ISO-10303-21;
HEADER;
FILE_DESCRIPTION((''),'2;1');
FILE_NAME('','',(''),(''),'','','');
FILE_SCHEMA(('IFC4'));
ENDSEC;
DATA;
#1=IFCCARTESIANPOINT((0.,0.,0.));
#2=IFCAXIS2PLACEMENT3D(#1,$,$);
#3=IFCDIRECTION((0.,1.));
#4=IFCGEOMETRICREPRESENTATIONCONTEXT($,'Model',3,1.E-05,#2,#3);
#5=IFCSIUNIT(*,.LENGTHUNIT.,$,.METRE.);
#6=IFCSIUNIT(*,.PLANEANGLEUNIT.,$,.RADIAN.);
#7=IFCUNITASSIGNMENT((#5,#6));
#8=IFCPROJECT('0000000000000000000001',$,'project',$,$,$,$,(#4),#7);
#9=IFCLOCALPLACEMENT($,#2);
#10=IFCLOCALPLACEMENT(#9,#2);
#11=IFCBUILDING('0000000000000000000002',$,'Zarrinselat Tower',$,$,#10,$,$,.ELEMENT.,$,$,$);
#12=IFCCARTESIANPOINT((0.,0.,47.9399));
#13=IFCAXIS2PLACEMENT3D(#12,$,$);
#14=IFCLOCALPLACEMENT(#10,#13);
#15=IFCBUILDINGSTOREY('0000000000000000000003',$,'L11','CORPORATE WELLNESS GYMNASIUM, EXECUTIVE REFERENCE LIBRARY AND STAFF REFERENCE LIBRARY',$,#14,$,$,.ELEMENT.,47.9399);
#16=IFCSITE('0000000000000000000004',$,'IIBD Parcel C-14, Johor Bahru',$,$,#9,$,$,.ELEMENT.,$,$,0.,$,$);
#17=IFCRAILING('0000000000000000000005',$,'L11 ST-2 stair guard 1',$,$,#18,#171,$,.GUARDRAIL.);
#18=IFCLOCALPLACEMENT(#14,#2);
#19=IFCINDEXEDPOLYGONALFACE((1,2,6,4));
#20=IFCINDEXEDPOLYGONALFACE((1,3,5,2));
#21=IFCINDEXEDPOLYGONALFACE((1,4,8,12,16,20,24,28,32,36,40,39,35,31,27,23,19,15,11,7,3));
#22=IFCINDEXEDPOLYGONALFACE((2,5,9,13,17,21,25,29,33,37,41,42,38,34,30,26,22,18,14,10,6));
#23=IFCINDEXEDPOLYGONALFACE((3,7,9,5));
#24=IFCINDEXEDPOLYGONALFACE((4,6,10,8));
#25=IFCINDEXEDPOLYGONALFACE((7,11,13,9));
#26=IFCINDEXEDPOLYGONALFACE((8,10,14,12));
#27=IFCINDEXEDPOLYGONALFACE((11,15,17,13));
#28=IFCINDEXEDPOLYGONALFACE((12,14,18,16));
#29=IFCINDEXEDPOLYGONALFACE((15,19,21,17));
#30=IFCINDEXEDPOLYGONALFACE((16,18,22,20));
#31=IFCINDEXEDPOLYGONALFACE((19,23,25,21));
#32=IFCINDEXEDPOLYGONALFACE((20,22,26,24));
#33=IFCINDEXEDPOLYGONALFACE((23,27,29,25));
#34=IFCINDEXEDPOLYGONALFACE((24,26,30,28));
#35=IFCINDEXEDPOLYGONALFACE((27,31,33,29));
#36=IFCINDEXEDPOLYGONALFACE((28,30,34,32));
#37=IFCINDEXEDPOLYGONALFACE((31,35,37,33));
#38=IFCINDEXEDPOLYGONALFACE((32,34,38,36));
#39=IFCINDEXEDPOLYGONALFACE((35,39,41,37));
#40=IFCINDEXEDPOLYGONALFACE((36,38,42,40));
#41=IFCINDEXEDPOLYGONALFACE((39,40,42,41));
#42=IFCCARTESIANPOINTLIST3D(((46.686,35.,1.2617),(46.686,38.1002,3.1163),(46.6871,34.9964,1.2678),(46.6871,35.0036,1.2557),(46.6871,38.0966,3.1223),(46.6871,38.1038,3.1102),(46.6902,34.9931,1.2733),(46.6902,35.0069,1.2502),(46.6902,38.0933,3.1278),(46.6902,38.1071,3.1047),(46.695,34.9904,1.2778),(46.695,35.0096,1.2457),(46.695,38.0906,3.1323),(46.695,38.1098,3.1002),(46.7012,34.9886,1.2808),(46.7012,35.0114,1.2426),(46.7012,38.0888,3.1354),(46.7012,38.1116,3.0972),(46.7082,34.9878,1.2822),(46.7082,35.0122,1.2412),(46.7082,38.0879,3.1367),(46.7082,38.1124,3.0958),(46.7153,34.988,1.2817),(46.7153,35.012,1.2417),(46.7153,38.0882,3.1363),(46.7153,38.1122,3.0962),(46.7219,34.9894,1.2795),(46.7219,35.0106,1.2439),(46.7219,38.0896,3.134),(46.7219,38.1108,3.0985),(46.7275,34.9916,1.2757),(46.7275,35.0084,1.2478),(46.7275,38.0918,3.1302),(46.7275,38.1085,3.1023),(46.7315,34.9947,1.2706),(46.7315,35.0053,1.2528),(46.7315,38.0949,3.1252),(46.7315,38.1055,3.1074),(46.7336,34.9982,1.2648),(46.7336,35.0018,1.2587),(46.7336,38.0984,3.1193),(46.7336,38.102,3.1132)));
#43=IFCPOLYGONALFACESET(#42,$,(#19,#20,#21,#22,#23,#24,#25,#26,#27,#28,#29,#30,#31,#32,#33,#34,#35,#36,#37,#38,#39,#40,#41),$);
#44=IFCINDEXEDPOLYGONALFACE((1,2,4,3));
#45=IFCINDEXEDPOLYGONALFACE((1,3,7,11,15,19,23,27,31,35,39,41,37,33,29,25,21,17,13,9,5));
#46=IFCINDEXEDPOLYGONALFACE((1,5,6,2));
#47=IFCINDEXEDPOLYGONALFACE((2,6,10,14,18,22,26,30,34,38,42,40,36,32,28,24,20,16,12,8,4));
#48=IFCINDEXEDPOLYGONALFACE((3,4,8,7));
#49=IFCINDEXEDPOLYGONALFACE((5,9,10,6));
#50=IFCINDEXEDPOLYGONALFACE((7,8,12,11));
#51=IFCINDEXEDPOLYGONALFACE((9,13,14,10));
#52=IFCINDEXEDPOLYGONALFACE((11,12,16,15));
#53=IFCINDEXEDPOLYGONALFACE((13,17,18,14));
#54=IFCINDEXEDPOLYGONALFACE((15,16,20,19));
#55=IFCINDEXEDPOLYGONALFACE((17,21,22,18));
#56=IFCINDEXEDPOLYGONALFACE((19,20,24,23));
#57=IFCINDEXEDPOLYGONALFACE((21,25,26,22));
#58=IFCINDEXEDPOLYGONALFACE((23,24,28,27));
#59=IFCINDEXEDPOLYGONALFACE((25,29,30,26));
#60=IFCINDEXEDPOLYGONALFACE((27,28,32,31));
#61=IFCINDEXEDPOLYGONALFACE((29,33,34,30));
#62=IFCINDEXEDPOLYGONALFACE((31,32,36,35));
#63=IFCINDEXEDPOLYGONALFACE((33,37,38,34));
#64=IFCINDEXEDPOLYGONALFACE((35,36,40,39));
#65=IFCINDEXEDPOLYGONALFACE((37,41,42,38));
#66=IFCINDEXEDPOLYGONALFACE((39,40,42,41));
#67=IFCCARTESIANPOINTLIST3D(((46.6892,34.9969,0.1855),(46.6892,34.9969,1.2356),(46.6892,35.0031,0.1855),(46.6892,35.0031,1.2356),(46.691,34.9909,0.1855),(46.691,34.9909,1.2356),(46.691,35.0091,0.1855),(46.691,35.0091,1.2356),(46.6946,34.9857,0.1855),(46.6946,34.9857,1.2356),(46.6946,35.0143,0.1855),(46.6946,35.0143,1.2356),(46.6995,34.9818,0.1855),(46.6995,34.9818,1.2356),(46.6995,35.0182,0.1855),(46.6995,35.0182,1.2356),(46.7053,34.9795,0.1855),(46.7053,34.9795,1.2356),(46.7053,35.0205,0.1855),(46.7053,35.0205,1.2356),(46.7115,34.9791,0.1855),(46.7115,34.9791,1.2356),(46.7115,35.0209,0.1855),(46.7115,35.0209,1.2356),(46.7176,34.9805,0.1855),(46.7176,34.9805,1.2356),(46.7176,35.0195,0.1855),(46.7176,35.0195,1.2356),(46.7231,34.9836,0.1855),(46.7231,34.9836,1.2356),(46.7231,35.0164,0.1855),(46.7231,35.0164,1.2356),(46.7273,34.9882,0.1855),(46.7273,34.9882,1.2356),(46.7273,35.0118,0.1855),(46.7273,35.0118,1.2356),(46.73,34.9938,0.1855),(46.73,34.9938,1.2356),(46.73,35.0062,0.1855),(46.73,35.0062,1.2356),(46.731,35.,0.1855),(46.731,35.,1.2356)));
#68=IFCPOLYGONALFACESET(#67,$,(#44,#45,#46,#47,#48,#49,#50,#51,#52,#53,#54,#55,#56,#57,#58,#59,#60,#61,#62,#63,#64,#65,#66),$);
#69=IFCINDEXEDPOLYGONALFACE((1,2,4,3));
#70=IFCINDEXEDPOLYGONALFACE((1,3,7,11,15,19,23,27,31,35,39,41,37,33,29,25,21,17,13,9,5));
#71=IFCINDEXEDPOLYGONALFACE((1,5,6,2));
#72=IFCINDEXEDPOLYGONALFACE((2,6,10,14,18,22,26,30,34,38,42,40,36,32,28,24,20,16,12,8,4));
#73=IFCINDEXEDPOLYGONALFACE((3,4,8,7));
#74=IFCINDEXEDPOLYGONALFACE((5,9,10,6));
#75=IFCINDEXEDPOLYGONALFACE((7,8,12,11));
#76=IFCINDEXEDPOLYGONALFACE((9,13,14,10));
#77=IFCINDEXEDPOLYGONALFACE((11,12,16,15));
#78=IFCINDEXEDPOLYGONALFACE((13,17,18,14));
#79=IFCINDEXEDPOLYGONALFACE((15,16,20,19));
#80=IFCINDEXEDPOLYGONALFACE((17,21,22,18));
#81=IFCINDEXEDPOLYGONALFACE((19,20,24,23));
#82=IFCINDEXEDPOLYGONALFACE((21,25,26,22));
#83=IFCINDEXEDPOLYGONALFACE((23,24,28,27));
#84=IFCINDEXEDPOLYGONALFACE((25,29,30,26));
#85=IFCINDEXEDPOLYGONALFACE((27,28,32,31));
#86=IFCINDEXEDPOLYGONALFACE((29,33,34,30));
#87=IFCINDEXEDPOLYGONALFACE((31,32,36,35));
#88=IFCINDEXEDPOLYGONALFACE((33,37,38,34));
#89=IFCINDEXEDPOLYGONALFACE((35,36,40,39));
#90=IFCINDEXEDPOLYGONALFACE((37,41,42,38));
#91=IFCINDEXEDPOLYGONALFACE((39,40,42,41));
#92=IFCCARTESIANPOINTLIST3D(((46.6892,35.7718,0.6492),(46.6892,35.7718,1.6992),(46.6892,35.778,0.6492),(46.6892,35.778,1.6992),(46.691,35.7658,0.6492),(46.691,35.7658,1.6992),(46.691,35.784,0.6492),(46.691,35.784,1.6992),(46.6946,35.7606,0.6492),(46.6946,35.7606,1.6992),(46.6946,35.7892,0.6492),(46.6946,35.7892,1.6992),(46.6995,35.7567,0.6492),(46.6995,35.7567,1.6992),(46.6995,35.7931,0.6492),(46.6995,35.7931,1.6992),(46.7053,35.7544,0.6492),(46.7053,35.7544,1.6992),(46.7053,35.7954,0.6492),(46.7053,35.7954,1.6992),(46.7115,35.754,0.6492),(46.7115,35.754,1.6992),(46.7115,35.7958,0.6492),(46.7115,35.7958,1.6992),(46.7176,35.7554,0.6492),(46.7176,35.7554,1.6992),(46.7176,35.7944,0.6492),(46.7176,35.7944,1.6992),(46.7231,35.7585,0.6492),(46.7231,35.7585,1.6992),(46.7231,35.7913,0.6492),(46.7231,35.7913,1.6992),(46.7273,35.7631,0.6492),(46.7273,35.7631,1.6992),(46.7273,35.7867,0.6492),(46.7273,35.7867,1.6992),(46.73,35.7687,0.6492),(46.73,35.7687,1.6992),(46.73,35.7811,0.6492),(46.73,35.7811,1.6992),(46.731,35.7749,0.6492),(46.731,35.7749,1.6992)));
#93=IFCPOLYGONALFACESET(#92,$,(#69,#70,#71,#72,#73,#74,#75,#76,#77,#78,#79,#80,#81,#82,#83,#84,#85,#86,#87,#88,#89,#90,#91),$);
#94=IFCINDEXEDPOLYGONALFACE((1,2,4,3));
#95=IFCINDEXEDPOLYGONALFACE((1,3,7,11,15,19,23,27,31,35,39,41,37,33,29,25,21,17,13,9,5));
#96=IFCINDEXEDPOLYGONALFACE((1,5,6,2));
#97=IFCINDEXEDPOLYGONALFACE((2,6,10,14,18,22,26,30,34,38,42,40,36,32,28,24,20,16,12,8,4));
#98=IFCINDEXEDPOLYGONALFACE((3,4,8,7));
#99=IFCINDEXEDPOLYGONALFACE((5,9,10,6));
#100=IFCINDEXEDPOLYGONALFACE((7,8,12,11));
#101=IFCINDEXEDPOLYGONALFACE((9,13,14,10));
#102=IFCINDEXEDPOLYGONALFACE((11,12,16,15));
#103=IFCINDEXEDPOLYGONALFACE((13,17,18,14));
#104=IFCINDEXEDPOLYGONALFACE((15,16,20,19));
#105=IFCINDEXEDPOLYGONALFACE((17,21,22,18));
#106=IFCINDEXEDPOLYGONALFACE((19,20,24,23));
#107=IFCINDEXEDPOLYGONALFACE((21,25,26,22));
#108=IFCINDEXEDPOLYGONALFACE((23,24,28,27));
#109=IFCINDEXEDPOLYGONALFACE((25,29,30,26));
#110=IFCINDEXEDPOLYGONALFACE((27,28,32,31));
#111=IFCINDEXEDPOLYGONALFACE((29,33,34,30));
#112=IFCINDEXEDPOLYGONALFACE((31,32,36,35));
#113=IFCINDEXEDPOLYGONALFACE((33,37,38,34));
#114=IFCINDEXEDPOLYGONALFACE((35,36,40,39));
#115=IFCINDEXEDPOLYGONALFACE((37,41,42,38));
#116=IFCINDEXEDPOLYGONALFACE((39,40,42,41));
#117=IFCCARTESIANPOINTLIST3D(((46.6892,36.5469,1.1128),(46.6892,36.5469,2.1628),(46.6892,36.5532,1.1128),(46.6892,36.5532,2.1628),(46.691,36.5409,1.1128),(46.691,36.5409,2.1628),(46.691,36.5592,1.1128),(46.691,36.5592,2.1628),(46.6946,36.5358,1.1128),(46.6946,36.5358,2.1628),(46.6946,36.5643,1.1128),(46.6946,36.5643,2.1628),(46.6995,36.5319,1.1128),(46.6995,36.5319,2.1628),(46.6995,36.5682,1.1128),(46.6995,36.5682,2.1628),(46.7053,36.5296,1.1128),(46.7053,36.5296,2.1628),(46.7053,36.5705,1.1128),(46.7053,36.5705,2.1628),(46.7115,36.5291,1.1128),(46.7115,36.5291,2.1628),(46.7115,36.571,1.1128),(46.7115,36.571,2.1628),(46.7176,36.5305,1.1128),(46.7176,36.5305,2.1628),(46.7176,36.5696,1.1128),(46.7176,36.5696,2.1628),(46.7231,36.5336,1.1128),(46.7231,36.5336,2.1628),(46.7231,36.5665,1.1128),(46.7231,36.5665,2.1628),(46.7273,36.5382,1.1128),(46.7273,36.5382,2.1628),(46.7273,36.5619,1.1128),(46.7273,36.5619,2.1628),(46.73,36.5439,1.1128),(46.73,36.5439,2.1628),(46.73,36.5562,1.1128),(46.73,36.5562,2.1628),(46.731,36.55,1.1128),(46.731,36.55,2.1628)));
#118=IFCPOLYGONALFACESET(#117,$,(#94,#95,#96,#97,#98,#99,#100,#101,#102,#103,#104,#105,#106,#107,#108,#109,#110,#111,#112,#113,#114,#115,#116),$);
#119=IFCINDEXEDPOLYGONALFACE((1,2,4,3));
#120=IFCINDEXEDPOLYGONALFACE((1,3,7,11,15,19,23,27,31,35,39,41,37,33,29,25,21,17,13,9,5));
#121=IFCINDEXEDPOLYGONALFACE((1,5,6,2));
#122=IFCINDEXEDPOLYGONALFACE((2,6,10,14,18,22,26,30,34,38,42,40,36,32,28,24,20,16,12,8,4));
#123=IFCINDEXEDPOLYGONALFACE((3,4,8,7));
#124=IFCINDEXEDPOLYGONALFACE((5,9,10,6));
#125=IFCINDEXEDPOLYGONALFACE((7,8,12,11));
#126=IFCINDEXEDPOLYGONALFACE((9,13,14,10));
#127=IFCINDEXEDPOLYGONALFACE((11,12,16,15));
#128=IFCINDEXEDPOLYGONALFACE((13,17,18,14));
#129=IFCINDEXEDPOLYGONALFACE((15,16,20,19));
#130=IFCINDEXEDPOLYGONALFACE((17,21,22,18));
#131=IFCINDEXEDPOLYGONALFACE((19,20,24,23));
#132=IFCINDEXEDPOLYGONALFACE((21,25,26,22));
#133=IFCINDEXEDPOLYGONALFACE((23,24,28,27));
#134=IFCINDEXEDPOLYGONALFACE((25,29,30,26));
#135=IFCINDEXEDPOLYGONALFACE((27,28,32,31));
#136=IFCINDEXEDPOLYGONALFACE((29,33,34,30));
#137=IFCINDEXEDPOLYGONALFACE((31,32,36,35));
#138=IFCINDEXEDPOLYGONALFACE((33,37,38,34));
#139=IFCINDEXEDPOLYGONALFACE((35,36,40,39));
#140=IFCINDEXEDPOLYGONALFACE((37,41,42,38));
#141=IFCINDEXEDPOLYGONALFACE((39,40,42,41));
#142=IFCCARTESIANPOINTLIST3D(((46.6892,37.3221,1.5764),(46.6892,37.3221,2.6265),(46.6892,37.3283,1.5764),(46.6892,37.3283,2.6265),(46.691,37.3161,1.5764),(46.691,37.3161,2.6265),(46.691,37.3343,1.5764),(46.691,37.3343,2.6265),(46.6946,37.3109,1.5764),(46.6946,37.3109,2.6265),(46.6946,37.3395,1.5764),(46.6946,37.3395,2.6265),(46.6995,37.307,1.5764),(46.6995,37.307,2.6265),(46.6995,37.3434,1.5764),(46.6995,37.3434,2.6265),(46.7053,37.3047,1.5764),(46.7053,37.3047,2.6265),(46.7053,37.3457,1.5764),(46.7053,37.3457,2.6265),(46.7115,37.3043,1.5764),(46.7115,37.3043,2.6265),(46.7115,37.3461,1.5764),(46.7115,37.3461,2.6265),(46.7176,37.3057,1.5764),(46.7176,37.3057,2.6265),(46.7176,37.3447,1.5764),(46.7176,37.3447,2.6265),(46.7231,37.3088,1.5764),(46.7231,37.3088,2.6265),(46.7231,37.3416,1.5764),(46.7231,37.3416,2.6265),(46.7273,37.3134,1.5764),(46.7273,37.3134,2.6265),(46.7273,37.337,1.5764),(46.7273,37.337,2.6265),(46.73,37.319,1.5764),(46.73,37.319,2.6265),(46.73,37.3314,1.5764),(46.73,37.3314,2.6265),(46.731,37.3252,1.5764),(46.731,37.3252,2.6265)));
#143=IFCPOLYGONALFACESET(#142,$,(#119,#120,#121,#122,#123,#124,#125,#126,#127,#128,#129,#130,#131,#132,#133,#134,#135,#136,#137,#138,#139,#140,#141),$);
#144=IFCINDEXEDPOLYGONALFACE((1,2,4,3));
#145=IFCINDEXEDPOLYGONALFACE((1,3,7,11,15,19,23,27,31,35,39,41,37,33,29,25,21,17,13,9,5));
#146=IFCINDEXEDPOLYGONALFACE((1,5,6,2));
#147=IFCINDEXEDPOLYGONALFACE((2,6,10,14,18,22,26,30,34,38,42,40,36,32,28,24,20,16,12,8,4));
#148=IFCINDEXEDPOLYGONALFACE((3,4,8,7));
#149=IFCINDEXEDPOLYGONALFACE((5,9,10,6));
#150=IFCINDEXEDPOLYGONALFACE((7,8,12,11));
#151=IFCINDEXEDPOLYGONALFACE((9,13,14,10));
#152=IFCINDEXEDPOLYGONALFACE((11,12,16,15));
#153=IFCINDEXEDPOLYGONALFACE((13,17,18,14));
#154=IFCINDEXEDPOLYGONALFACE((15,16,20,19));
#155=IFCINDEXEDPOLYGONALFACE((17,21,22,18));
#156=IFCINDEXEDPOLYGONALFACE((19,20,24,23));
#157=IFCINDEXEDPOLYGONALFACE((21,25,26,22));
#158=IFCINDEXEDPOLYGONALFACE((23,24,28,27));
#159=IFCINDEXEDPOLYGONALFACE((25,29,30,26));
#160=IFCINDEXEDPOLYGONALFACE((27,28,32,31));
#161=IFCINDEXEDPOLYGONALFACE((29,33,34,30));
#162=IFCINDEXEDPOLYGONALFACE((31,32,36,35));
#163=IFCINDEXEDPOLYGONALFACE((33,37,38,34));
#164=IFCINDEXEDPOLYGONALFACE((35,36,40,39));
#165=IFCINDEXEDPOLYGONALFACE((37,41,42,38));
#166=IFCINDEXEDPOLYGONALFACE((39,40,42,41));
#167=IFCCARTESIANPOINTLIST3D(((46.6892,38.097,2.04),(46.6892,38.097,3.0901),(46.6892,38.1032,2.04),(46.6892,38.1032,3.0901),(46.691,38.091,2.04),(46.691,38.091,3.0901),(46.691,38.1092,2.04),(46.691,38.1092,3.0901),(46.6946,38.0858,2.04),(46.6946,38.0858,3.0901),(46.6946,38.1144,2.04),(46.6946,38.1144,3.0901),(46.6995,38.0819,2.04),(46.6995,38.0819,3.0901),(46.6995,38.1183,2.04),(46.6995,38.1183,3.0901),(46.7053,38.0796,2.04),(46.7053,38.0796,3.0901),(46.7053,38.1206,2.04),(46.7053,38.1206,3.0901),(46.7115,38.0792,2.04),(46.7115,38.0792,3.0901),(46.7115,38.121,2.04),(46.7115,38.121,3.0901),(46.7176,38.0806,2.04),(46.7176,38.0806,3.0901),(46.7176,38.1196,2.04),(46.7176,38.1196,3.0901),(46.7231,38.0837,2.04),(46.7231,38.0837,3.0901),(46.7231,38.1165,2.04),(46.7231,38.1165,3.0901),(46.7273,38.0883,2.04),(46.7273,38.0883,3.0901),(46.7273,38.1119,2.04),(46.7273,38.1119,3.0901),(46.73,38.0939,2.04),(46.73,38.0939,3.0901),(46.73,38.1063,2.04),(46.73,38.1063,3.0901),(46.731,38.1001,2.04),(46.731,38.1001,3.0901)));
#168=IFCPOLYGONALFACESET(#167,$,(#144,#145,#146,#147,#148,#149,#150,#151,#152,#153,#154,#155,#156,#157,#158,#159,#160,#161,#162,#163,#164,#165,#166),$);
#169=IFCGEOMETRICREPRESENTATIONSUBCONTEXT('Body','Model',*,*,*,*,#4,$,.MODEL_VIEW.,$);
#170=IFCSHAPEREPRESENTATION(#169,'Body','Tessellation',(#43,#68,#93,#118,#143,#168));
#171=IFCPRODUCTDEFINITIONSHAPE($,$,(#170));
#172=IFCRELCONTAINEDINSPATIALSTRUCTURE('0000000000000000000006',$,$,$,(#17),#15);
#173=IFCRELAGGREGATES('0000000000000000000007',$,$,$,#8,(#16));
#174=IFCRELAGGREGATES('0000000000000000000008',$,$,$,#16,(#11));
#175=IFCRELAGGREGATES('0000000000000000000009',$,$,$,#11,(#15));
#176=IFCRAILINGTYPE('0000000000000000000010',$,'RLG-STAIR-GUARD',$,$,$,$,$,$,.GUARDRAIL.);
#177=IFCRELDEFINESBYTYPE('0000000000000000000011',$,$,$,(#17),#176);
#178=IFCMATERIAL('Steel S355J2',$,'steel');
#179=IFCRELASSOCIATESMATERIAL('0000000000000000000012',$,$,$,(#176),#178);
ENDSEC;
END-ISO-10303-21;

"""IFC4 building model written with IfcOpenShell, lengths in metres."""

from ifc_helpers import new_model, si_unit, direction, frame, origin, origin_2d, place, context, subcontext, project, spatial, circle, extrude, material, type_object, element, save


model = new_model("IFC4")

# Units and contexts
model_context = context("Model", 3, precision=1e-05, world=origin(), true_north=direction((0.0, 1.0)))
body_context = subcontext(model_context, "Body", "Model", "MODEL_VIEW")
ifc_project = project(units=[si_unit("LENGTHUNIT", "METRE"), si_unit("PLANEANGLEUNIT", "RADIAN")], contexts=[model_context])

# Site, building, storey
site_placement = place(None, origin())
site = spatial("IfcSite", under=ifc_project, at=site_placement, Name="IIBD Parcel C-14, Johor Bahru", CompositionType="ELEMENT", RefElevation=0.0)
building_placement = place(site_placement, origin())
building = spatial("IfcBuilding", under=site, at=building_placement, Name="Zarrinselat Tower", CompositionType="ELEMENT")
storey_placement = place(building_placement, frame((0.0, 0.0, 47.9399)))
storey = spatial("IfcBuildingStorey", under=building, at=storey_placement, Name="L11", Description="CORPORATE WELLNESS GYMNASIUM, EXECUTIVE REFERENCE LIBRARY AND STAFF REFERENCE LIBRARY", CompositionType="ELEMENT", Elevation=47.9399)

# Railing
ifc_material_1 = material(Name="Steel S355J2", Category="steel")
railing_type_1 = type_object("IfcRailingType", Name="RLG-STAIR-GUARD", PredefinedType="GUARDRAIL", material=ifc_material_1)
railing_1_placement = place(storey_placement, frame((46.71, 35.0, 0.1855)))
element("IfcRailing", 1, at=railing_1_placement, inside=storey, type_object=railing_type_1, Name="L11 ST-2 stair guard 1", PredefinedType="GUARDRAIL", context=body_context, shape_type="SweptSolid", body=[
    extrude(circle(Radius=0.0239, at=origin_2d()), frame((0.0, 0.0, 1.0762), z_axis=(0.0, 0.858172, 0.513362), x_axis=(-1.0, 0.0, 0.0)), (0.0, 0.0, 1.0), 3.6125),
    extrude(circle(Radius=0.021, at=origin_2d()), origin(), (0.0, 0.0, 1.0), 1.05),
    extrude(circle(Radius=0.021, at=origin_2d()), frame((0.0, 0.7749, 0.4636)), (0.0, 0.0, 1.0), 1.05),
    extrude(circle(Radius=0.021, at=origin_2d()), frame((0.0, 1.55, 0.9272)), (0.0, 0.0, 1.0), 1.05),
    extrude(circle(Radius=0.021, at=origin_2d()), frame((0.0, 2.3252, 1.3909)), (0.0, 0.0, 1.0), 1.05),
    extrude(circle(Radius=0.021, at=origin_2d()), frame((0.0, 3.1001, 1.8545)), (0.0, 0.0, 1.0), 1.05),
])

save(model, "model.ifc")
